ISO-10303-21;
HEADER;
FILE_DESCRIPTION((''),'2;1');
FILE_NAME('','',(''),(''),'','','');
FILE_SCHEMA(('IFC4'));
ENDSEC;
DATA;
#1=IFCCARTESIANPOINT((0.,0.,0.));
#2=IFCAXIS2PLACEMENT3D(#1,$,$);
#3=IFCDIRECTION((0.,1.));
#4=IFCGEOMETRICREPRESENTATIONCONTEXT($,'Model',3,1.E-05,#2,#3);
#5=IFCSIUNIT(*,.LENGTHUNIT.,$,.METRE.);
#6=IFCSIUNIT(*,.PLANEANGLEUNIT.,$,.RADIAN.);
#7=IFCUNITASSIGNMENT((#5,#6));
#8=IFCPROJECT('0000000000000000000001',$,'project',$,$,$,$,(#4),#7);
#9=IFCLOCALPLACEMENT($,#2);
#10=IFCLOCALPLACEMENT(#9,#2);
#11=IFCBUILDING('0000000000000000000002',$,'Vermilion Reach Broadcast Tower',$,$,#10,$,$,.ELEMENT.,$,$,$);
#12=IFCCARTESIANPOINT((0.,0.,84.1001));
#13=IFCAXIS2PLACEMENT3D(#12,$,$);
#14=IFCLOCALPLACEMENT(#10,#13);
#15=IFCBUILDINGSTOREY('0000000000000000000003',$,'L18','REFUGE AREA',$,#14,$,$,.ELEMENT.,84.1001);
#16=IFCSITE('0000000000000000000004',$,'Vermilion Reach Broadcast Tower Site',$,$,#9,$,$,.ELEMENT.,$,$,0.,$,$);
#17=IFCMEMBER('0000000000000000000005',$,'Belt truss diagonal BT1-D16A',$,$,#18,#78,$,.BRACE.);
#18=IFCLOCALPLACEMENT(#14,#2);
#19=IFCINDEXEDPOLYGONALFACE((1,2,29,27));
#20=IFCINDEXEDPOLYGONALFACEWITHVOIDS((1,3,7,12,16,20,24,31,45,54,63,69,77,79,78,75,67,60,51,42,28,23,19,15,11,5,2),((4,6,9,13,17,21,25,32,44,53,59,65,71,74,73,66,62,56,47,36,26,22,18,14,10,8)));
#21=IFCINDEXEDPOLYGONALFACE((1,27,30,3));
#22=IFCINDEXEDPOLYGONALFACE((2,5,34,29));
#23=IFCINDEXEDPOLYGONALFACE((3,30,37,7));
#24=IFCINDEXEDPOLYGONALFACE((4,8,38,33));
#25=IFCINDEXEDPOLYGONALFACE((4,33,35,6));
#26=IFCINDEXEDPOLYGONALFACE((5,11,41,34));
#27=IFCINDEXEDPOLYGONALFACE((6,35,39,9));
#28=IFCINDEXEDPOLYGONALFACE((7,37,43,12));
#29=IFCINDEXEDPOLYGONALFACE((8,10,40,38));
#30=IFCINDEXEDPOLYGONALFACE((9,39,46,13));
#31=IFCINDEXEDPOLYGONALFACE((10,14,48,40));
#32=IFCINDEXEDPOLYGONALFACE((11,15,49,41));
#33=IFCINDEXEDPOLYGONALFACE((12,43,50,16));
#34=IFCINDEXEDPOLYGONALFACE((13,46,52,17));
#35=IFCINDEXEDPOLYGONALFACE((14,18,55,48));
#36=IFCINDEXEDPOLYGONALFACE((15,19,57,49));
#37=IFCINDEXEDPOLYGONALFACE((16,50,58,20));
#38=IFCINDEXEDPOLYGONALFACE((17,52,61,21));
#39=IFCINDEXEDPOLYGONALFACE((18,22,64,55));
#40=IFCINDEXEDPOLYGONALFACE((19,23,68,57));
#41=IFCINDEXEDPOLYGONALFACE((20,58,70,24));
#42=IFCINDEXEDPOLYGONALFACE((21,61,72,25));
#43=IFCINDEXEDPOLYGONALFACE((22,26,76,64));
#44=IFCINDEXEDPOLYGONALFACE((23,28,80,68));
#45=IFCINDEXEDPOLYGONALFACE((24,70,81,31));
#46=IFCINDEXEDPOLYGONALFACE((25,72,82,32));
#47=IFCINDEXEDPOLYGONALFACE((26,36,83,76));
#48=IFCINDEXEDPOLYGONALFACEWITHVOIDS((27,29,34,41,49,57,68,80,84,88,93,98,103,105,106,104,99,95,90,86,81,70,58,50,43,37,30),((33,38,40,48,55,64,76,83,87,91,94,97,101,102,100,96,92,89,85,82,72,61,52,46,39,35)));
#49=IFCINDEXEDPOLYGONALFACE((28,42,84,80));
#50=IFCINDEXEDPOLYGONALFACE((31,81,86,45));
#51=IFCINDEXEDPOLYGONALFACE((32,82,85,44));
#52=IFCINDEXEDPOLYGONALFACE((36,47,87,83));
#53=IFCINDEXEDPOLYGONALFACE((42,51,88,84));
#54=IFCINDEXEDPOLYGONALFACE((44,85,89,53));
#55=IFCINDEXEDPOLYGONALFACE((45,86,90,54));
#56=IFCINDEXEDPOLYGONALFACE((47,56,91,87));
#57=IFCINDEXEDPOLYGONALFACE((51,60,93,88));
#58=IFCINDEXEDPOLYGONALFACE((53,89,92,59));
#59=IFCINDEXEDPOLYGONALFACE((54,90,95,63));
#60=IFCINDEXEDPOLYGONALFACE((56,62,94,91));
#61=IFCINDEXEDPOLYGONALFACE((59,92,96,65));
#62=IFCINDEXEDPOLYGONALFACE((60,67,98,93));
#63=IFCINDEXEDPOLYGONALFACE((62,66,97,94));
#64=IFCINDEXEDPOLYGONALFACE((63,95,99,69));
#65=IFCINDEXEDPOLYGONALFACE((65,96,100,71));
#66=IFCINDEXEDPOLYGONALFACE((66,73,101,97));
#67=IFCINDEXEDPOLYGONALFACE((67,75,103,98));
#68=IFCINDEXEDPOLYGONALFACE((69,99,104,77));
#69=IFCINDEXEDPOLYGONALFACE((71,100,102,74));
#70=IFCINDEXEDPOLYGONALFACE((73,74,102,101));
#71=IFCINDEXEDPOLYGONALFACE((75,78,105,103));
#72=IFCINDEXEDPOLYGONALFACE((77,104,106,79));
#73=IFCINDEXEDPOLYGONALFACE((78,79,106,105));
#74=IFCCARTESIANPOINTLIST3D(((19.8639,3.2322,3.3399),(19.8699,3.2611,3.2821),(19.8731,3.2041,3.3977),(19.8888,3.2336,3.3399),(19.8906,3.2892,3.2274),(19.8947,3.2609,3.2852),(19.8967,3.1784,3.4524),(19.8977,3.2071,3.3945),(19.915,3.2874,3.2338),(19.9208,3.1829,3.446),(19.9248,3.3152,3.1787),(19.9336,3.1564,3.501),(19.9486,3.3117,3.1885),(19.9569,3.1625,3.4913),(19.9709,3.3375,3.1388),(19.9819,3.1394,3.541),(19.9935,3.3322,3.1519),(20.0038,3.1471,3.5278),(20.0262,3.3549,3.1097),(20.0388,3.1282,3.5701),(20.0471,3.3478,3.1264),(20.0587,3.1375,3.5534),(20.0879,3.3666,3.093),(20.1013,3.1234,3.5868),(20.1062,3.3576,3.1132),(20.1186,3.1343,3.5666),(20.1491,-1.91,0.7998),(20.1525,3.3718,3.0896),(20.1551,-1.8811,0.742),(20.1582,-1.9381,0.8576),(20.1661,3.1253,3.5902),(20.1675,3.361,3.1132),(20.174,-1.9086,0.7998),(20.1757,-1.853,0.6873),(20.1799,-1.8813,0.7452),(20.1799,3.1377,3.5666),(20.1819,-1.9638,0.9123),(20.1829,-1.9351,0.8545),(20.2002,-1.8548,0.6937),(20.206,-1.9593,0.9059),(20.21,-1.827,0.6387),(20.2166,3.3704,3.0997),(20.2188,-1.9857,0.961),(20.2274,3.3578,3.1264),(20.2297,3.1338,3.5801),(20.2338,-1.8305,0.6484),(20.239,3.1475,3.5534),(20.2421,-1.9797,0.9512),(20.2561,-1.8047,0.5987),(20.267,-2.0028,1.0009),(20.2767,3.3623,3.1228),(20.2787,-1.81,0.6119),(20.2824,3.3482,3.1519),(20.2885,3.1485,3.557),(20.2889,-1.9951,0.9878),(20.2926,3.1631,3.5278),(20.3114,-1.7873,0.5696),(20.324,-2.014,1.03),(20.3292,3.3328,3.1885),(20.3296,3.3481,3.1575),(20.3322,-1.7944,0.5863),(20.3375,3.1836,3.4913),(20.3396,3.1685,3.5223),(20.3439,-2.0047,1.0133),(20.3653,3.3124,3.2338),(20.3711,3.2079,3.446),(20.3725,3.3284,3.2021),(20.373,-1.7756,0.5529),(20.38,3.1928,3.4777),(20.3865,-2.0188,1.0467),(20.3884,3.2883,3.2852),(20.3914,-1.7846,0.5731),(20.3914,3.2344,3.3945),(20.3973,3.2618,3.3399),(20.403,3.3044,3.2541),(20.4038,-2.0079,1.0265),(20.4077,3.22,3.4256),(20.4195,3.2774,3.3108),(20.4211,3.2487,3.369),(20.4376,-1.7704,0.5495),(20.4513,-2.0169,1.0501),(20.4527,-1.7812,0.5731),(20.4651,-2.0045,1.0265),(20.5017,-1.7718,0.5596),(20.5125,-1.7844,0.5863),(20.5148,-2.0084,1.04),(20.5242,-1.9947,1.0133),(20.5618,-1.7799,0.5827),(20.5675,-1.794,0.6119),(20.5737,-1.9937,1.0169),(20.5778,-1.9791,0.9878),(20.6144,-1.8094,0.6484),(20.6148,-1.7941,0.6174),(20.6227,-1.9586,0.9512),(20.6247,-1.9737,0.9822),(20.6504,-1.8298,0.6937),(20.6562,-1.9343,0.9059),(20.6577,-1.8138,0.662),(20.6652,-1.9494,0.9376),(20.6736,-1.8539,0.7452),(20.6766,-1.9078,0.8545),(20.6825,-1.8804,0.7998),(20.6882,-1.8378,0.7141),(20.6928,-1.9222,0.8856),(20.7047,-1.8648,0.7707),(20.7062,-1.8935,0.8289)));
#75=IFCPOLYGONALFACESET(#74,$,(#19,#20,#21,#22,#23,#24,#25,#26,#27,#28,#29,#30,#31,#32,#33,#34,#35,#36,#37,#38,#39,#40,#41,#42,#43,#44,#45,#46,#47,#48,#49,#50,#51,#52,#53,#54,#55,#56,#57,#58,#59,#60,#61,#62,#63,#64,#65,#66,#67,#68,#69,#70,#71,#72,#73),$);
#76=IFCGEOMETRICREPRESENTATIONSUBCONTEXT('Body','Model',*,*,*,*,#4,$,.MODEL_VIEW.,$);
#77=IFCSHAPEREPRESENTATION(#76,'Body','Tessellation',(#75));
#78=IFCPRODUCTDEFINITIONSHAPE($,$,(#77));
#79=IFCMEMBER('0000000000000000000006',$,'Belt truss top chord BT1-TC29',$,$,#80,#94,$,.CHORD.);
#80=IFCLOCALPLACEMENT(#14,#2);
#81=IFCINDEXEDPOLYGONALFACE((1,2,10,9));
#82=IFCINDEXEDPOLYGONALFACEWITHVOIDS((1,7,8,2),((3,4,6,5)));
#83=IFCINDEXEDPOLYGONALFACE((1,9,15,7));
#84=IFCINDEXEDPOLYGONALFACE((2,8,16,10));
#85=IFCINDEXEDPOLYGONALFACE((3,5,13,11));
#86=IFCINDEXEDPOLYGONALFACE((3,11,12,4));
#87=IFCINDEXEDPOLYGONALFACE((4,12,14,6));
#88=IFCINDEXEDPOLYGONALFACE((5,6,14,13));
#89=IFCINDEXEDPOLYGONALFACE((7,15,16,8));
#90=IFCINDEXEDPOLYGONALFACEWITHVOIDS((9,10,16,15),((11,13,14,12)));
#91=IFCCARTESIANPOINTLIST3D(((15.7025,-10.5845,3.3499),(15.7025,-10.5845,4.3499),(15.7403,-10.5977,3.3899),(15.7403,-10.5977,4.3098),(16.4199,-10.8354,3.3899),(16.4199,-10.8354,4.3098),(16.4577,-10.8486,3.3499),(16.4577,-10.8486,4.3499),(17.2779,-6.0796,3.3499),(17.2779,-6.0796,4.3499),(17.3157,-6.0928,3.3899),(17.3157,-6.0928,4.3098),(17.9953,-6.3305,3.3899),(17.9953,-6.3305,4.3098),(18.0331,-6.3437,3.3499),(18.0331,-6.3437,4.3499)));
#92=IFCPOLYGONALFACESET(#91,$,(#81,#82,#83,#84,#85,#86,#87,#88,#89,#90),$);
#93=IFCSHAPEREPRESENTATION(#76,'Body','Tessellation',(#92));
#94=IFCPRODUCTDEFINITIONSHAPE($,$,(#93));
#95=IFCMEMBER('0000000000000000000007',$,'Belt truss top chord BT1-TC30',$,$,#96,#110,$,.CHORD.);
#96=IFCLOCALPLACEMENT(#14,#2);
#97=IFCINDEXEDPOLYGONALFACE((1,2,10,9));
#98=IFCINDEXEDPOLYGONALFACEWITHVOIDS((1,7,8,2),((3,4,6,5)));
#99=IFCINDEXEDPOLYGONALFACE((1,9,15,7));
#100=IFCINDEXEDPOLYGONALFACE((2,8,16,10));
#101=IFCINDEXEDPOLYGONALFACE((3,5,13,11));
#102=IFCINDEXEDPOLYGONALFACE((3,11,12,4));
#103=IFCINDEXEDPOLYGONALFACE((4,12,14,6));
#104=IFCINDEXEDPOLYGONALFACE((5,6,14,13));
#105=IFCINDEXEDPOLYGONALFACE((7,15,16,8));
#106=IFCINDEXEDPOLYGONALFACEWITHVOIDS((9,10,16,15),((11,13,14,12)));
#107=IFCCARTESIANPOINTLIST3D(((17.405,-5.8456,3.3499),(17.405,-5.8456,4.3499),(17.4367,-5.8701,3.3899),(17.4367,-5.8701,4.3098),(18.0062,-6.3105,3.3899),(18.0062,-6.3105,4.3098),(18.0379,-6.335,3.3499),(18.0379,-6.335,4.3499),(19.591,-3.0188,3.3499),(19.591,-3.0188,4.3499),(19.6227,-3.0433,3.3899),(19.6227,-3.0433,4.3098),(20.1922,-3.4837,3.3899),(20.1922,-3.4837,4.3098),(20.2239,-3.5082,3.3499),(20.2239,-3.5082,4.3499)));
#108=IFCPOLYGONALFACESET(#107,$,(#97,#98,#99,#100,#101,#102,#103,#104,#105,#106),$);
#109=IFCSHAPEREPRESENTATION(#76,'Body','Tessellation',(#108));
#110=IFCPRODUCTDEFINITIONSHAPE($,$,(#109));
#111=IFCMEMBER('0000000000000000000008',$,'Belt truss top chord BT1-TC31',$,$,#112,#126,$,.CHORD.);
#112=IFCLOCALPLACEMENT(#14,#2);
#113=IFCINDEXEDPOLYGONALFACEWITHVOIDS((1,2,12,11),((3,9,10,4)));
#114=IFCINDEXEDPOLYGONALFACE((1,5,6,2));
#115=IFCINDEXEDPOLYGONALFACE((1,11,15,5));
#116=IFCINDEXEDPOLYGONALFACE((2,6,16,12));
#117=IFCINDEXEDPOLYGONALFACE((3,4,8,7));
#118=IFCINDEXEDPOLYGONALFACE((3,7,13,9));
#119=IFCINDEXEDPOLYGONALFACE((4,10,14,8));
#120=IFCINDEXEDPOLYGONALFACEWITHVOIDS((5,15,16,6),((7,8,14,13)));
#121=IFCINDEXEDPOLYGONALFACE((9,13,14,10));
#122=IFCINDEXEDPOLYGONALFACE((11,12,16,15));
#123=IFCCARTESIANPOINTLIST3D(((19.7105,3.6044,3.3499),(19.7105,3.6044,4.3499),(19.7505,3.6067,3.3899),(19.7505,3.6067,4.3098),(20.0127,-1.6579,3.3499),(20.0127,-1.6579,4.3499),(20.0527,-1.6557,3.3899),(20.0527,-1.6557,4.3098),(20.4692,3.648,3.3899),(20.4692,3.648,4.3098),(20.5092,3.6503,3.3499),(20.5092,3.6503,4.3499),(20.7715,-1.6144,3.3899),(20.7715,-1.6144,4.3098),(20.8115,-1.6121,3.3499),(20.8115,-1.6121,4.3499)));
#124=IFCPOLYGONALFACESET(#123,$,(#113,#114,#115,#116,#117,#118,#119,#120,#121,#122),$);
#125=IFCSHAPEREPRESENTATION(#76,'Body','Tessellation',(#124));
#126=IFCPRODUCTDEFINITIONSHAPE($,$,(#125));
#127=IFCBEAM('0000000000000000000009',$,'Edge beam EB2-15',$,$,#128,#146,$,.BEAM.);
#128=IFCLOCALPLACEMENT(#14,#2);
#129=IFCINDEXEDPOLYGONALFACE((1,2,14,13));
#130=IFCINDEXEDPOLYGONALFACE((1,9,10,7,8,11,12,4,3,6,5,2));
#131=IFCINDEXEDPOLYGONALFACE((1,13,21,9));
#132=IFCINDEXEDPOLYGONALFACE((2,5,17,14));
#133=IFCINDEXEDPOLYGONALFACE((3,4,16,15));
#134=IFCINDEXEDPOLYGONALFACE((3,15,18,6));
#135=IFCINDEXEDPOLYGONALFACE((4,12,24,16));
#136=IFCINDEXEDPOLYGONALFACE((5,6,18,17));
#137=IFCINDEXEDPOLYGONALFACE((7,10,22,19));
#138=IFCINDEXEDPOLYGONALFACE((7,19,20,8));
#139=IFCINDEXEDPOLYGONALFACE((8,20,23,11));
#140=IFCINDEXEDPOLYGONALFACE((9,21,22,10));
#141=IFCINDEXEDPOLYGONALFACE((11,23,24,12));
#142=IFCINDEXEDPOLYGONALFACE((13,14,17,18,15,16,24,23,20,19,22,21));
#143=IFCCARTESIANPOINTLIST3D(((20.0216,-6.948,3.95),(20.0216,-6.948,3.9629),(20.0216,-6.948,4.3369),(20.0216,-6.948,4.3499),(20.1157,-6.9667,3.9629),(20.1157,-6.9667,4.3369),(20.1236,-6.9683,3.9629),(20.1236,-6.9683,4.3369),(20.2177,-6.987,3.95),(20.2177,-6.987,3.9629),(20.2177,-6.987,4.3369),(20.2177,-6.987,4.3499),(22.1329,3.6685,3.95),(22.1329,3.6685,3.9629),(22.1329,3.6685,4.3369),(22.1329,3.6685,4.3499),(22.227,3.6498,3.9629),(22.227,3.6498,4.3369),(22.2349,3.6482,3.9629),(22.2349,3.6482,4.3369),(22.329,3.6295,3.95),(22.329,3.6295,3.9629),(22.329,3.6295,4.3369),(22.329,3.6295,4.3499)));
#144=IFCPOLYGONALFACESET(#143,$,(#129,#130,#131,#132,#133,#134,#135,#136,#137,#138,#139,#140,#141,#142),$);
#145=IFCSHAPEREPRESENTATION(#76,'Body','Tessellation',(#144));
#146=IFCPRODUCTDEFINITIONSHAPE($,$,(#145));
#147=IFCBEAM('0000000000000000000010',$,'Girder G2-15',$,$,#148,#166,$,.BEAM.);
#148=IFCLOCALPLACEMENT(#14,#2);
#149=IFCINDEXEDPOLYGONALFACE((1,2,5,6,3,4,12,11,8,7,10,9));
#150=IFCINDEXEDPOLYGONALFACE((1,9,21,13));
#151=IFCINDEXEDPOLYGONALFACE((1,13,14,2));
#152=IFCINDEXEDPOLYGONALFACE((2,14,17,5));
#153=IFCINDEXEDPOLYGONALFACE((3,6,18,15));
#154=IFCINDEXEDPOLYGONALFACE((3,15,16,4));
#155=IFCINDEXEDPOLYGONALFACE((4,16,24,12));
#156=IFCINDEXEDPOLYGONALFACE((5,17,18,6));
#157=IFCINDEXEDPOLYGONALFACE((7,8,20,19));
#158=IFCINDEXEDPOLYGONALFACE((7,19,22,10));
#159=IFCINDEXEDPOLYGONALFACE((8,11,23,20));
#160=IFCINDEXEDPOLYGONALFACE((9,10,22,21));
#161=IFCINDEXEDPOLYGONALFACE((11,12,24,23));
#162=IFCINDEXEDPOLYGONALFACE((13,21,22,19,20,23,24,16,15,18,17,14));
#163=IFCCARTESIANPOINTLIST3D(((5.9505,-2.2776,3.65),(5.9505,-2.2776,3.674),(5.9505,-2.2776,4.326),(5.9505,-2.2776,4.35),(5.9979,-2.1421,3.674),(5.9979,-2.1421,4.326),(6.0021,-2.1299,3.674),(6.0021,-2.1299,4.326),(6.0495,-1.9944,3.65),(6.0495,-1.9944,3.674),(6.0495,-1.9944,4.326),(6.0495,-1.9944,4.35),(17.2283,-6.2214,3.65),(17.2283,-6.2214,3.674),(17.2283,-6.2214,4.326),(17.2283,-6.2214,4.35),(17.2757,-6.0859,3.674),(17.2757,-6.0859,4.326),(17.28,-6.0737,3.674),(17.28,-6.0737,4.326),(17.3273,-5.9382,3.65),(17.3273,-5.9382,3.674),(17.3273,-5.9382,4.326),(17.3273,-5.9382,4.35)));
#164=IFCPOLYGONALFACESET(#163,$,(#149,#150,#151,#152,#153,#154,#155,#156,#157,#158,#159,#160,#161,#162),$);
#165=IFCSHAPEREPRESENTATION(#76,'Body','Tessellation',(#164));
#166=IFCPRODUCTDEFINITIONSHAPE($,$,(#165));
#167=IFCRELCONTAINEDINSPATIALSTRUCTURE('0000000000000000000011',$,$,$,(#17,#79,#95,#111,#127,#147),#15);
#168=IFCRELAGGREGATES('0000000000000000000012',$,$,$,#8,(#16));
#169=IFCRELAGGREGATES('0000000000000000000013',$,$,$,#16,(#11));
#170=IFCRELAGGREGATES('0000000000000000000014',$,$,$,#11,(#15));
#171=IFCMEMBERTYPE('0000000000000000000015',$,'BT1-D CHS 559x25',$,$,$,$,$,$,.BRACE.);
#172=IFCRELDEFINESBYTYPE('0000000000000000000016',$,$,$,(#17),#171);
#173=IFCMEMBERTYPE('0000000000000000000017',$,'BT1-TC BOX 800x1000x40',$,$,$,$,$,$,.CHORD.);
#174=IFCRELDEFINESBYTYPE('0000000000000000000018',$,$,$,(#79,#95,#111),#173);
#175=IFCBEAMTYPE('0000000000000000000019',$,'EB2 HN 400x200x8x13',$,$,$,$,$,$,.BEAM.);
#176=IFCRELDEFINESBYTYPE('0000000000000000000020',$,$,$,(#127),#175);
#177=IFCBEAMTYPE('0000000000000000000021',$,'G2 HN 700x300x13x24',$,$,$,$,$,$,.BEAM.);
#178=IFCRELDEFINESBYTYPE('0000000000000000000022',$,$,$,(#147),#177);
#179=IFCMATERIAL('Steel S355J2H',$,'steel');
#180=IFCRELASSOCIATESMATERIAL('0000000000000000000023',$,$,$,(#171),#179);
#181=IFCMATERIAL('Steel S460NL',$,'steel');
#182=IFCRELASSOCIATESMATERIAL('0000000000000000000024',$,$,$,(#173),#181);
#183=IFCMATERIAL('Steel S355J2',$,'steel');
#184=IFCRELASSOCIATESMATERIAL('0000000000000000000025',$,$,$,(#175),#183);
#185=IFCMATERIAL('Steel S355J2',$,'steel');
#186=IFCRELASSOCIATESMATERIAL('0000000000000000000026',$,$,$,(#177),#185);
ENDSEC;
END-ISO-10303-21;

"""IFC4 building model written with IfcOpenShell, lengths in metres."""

from ifc_helpers import new_model, si_unit, direction, frame, origin, origin_2d, place, context, subcontext, project, spatial, hollow_rectangle, hollow_circle, i_section, extrude, material, material_profile, profile_set, type_object, element, save


model = new_model("IFC4")

# Units and contexts
model_context = context("Model", 3, precision=1e-05, world=origin(), true_north=direction((0.0, 1.0)))
body_context = subcontext(model_context, "Body", "Model", "MODEL_VIEW")
ifc_project = project(units=[si_unit("LENGTHUNIT", "METRE"), si_unit("PLANEANGLEUNIT", "RADIAN")], contexts=[model_context])

# Site, building, storey
site_placement = place(None, origin())
site = spatial("IfcSite", under=ifc_project, at=site_placement, Name="Vermilion Reach Broadcast Tower Site", CompositionType="ELEMENT", RefElevation=0.0)
building_placement = place(site_placement, origin())
building = spatial("IfcBuilding", under=site, at=building_placement, Name="Vermilion Reach Broadcast Tower", CompositionType="ELEMENT")
storey_placement = place(building_placement, frame((0.0, 0.0, 84.1001)))
storey = spatial("IfcBuildingStorey", under=building, at=storey_placement, Name="L18", Description="REFUGE AREA", CompositionType="ELEMENT", Elevation=84.1001)

# Members
ifc_material_1 = material(Name="Steel S355J2H", Category="steel")
ifc_material_profile_1 = material_profile(ifc_material_1, hollow_circle(Radius=0.2795, WallThickness=0.0249, at=origin_2d()), Name="S355J2H CHS 559x25")
ifc_profile_set_1 = profile_set([ifc_material_profile_1], Name="Steel S355J2H")
member_type_1 = type_object("IfcMemberType", Name="BT1-D CHS 559x25", PredefinedType="BRACE", material=ifc_profile_set_1)
member_1_placement = place(storey_placement, frame((20.4282, -1.8945, 0.7998), z_axis=(-0.049659, 0.895473, 0.442337), x_axis=(-0.998466, -0.05537, 0.0)))
element("IfcMember", 1, at=member_1_placement, inside=storey, type_object=member_type_1, Name="Belt truss diagonal BT1-D16A", PredefinedType="BRACE", context=body_context, shape_type="SweptSolid", body=[
    extrude(hollow_circle(Radius=0.2795, WallThickness=0.0249, at=origin_2d()), origin(), (0.0, 0.0, 1.0), 5.7424),
])
ifc_material_2 = material(Name="Steel S460NL", Category="steel")
ifc_material_profile_2 = material_profile(ifc_material_2, hollow_rectangle(XDim=0.8, YDim=1.0, WallThickness=0.04, at=origin_2d()), Name="S460NL BOX 800x1000x40")
ifc_profile_set_2 = profile_set([ifc_material_profile_2], Name="Steel S460NL")
member_type_2 = type_object("IfcMemberType", Name="BT1-TC BOX 800x1000x40", PredefinedType="CHORD", material=ifc_profile_set_2)
member_2_placement = place(storey_placement, frame((16.0801, -10.7166, 3.8499), z_axis=(0.330113, 0.943941, 0.0), x_axis=(-0.943941, 0.330113, 0.0)))
element("IfcMember", 2, at=member_2_placement, inside=storey, type_object=member_type_2, Name="Belt truss top chord BT1-TC29", PredefinedType="CHORD", context=body_context, shape_type="SweptSolid", body=[
    extrude(hollow_rectangle(XDim=0.8, YDim=1.0, WallThickness=0.04, at=origin_2d()), origin(), (0.0, 0.0, 1.0), 4.7725),
])
member_3_placement = place(storey_placement, frame((17.7214, -6.0903, 3.8499), z_axis=(0.611729, 0.791067, 0.0), x_axis=(-0.791067, 0.611729, 0.0)))
element("IfcMember", 3, at=member_3_placement, inside=storey, type_object=member_type_2, Name="Belt truss top chord BT1-TC30", PredefinedType="CHORD", context=body_context, shape_type="SweptSolid", body=[
    extrude(hollow_rectangle(XDim=0.8, YDim=1.0, WallThickness=0.04, at=origin_2d()), origin(), (0.0, 0.0, 1.0), 3.5735),
])
member_4_placement = place(storey_placement, frame((20.4121, -1.635, 3.8499), z_axis=(-0.057343, 0.998355, 0.0), x_axis=(-0.998355, -0.057343, 0.0)))
element("IfcMember", 4, at=member_4_placement, inside=storey, type_object=member_type_2, Name="Belt truss top chord BT1-TC31", PredefinedType="CHORD", context=body_context, shape_type="SweptSolid", body=[
    extrude(hollow_rectangle(XDim=0.8, YDim=1.0, WallThickness=0.04, at=origin_2d()), origin(), (0.0, 0.0, 1.0), 5.271),
])

# Beams
ifc_material_3 = material(Name="Steel S355J2", Category="steel")
ifc_material_profile_3 = material_profile(ifc_material_3, i_section(OverallWidth=0.2, OverallDepth=0.3999, WebThickness=0.0081, FlangeThickness=0.0129, at=origin_2d()), Name="S355J2 HN 400x200x8x13")
ifc_profile_set_3 = profile_set([ifc_material_profile_3], Name="Steel S355J2")
beam_type_1 = type_object("IfcBeamType", Name="EB2 HN 400x200x8x13", PredefinedType="BEAM", material=ifc_profile_set_3)
beam_1_placement = place(storey_placement, frame((20.1196, -6.9675, 4.1499), z_axis=(0.195053, 0.980793, 0.0), x_axis=(-0.980793, 0.195053, 0.0)))
element("IfcBeam", 5, at=beam_1_placement, inside=storey, type_object=beam_type_1, Name="Edge beam EB2-15", PredefinedType="BEAM", context=body_context, shape_type="SweptSolid", body=[
    extrude(i_section(OverallWidth=0.2, OverallDepth=0.3999, WebThickness=0.0081, FlangeThickness=0.0129, at=origin_2d()), origin(), (0.0, 0.0, 1.0), 10.8245),
])
ifc_material_4 = material(Name="Steel S355J2", Category="steel")
ifc_material_profile_4 = material_profile(ifc_material_4, i_section(OverallWidth=0.3, OverallDepth=0.7, WebThickness=0.0129, FlangeThickness=0.0239, at=origin_2d()), Name="S355J2 HN 700x300x13x24")
ifc_profile_set_4 = profile_set([ifc_material_profile_4], Name="Steel S355J2")
beam_type_2 = type_object("IfcBeamType", Name="G2 HN 700x300x13x24", PredefinedType="BEAM", material=ifc_profile_set_4)
beam_2_placement = place(storey_placement, frame((6.0, -2.136, 4.0), z_axis=(0.943947, -0.330097, 0.0), x_axis=(0.330097, 0.943947, 0.0)))
element("IfcBeam", 6, at=beam_2_placement, inside=storey, type_object=beam_type_2, Name="Girder G2-15", PredefinedType="BEAM", context=body_context, shape_type="SweptSolid", body=[
    extrude(i_section(OverallWidth=0.3, OverallDepth=0.7, WebThickness=0.0129, FlangeThickness=0.0239, at=origin_2d()), origin(), (0.0, 0.0, 1.0), 11.9475),
])

save(model, "model.ifc")
